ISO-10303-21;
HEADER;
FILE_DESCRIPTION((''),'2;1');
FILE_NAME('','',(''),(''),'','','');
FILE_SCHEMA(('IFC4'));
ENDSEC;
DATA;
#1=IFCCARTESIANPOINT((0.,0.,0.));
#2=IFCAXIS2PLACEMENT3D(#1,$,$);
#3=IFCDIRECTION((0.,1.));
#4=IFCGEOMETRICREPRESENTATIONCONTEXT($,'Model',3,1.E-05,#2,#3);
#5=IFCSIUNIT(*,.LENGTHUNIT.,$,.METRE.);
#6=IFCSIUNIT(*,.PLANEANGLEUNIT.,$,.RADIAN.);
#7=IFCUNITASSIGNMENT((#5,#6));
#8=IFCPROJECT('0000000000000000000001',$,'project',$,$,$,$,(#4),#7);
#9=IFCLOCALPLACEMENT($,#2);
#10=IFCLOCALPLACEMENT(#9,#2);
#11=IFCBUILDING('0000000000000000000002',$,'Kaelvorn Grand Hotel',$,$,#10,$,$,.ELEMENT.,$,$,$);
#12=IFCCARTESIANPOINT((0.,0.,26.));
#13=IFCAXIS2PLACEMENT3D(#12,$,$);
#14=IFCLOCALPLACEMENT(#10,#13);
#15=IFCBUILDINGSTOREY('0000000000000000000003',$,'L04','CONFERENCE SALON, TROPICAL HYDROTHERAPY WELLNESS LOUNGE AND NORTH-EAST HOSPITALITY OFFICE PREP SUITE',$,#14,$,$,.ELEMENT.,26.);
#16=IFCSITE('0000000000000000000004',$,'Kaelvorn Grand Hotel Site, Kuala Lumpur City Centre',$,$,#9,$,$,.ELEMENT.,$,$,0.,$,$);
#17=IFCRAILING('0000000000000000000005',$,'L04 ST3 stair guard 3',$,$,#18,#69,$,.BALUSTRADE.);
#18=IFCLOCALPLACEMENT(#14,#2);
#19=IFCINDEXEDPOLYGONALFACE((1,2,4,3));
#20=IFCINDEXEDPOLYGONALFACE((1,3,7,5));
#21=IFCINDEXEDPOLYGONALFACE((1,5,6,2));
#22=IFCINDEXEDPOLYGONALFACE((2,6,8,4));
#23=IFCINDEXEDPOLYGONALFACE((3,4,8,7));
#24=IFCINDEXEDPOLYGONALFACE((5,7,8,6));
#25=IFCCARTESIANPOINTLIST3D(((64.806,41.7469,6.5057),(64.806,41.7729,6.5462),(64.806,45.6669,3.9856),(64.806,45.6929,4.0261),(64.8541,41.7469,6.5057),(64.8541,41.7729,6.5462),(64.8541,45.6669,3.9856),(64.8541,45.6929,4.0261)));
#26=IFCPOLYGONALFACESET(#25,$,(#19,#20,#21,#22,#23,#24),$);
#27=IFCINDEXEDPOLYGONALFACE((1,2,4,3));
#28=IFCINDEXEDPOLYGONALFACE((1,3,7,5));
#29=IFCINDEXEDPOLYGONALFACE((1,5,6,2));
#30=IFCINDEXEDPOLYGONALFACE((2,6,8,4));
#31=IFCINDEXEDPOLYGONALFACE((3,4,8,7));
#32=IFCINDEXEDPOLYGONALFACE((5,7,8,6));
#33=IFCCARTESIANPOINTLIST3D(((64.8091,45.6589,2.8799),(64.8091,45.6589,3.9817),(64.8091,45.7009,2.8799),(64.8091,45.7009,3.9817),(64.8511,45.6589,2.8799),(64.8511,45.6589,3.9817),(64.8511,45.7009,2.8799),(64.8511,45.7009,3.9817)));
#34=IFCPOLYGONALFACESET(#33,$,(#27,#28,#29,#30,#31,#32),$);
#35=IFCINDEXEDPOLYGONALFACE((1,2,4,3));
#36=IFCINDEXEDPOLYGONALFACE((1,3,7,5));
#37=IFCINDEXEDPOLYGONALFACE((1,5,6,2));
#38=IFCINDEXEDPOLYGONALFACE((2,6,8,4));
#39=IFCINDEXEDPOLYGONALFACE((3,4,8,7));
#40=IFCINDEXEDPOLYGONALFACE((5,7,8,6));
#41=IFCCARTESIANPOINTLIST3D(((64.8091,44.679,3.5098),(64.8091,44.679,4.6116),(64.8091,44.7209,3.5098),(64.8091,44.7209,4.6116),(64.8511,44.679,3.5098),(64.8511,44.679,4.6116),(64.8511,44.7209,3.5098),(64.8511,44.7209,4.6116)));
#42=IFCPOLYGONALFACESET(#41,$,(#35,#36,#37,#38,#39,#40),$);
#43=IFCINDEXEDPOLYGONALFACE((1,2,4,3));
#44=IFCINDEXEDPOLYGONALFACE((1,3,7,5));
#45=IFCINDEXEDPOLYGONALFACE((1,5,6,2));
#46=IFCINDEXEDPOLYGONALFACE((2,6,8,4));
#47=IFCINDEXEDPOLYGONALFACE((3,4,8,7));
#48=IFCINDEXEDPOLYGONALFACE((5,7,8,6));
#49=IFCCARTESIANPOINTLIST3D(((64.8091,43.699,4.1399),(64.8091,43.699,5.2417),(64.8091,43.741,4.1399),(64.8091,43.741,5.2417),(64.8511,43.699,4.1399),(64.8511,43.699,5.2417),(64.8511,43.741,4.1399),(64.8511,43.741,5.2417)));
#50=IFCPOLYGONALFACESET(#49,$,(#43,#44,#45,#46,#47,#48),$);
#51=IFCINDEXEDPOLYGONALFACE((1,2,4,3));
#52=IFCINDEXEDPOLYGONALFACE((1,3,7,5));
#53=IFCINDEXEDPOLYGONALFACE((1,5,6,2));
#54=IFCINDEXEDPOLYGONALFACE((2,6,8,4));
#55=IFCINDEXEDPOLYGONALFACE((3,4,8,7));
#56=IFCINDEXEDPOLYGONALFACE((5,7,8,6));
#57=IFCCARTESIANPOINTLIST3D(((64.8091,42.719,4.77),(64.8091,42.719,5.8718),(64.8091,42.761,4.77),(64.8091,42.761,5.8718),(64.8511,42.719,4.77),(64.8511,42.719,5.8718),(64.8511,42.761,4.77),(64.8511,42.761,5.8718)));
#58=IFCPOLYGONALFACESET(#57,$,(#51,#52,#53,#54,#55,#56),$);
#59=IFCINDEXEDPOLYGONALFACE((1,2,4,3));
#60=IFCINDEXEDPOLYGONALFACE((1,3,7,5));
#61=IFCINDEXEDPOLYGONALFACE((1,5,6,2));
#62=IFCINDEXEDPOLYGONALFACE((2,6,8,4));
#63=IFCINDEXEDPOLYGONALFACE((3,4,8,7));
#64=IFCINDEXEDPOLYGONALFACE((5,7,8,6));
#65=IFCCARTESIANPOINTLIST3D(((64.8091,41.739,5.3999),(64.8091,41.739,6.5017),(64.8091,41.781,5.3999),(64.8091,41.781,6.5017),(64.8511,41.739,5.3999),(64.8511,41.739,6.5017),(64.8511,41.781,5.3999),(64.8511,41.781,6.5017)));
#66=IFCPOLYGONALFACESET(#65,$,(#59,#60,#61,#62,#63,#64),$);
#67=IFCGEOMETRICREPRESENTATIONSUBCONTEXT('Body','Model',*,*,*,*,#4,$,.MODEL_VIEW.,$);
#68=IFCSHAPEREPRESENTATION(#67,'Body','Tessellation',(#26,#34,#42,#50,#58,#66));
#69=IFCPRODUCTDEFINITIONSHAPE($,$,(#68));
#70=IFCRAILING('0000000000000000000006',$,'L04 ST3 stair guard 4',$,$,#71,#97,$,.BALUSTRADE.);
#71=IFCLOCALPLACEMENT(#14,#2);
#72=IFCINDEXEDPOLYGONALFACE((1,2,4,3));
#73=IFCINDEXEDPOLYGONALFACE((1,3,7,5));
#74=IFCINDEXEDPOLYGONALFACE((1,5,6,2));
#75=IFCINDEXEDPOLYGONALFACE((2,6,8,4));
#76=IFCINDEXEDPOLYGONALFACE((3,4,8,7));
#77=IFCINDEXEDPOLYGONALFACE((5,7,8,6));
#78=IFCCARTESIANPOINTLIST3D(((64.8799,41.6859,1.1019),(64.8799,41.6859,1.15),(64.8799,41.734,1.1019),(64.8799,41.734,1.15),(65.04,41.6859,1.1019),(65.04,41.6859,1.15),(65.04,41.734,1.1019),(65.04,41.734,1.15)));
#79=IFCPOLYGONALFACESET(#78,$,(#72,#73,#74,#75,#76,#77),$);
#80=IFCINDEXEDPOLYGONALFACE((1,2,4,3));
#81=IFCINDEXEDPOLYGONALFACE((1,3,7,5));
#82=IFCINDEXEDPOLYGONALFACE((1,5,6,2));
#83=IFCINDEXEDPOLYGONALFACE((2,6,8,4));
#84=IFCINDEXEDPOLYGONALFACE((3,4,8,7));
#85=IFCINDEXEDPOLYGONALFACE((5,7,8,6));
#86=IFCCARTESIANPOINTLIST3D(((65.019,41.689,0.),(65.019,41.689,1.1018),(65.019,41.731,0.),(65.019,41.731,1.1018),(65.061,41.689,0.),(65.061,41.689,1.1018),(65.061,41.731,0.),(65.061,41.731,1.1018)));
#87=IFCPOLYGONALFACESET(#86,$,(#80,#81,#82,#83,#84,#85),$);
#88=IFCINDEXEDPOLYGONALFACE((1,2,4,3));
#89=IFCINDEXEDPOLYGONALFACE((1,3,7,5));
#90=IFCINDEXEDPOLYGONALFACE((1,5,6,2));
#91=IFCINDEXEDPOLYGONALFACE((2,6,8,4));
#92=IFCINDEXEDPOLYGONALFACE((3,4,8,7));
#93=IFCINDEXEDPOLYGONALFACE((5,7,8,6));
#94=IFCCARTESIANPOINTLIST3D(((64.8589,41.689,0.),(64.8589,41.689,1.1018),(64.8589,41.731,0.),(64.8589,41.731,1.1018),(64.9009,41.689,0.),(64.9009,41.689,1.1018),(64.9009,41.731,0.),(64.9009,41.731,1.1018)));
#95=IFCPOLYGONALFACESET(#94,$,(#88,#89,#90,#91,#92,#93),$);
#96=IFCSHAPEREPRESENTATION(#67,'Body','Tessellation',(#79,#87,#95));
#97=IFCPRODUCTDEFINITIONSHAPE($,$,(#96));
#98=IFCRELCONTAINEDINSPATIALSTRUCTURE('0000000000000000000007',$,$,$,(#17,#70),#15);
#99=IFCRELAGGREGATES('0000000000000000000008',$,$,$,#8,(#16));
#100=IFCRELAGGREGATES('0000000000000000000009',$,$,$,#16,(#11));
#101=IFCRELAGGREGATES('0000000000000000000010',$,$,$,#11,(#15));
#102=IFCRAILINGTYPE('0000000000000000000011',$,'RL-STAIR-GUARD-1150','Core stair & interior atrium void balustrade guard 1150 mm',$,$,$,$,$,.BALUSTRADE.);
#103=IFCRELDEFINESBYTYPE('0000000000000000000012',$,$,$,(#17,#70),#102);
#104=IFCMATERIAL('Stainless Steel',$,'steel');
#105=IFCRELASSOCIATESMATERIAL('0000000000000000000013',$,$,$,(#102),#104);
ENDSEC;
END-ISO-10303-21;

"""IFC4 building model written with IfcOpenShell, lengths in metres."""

from ifc_helpers import new_model, si_unit, direction, frame, origin, origin_2d, place, context, subcontext, project, spatial, rectangle, extrude, material, type_object, element, save


model = new_model("IFC4")

# Units and contexts
model_context = context("Model", 3, precision=1e-05, world=origin(), true_north=direction((0.0, 1.0)))
body_context = subcontext(model_context, "Body", "Model", "MODEL_VIEW")
ifc_project = project(units=[si_unit("LENGTHUNIT", "METRE"), si_unit("PLANEANGLEUNIT", "RADIAN")], contexts=[model_context])

# Site, building, storey
site_placement = place(None, origin())
site = spatial("IfcSite", under=ifc_project, at=site_placement, Name="Kaelvorn Grand Hotel Site, Kuala Lumpur City Centre", CompositionType="ELEMENT", RefElevation=0.0)
building_placement = place(site_placement, origin())
building = spatial("IfcBuilding", under=site, at=building_placement, Name="Kaelvorn Grand Hotel", CompositionType="ELEMENT")
storey_placement = place(building_placement, frame((0.0, 0.0, 26.0)))
storey = spatial("IfcBuildingStorey", under=building, at=storey_placement, Name="L04", Description="CONFERENCE SALON, TROPICAL HYDROTHERAPY WELLNESS LOUNGE AND NORTH-EAST HOSPITALITY OFFICE PREP SUITE", CompositionType="ELEMENT", Elevation=26.0)

# Railings
ifc_material_1 = material(Name="Stainless Steel", Category="steel")
railing_type_1 = type_object("IfcRailingType", Name="RL-STAIR-GUARD-1150", Description="Core stair & interior atrium void balustrade guard 1150 mm", PredefinedType="BALUSTRADE", material=ifc_material_1)
railing_1_placement = place(storey_placement, frame((64.8301, 45.6799, 2.8799)))
element("IfcRailing", 1, at=railing_1_placement, inside=storey, type_object=railing_type_1, Name="L04 ST3 stair guard 3", PredefinedType="BALUSTRADE", context=body_context, shape_type="SweptSolid", body=[
    extrude(rectangle(XDim=0.0481, YDim=0.0481, at=origin_2d()), frame((0.0, 0.0, 1.126), z_axis=(0.0, -0.841172, 0.540768), x_axis=(1.0, 0.0, 0.0)), (0.0, 0.0, 1.0), 4.6602),
    extrude(rectangle(XDim=0.042, YDim=0.042, at=origin_2d()), origin(), (0.0, 0.0, 1.0), 1.1018),
    extrude(rectangle(XDim=0.042, YDim=0.042, at=origin_2d()), frame((0.0, -0.98, 0.6299)), (0.0, 0.0, 1.0), 1.1018),
    extrude(rectangle(XDim=0.042, YDim=0.042, at=origin_2d()), frame((0.0, -1.96, 1.26)), (0.0, 0.0, 1.0), 1.1018),
    extrude(rectangle(XDim=0.042, YDim=0.042, at=origin_2d()), frame((0.0, -2.9399, 1.8901)), (0.0, 0.0, 1.0), 1.1018),
    extrude(rectangle(XDim=0.042, YDim=0.042, at=origin_2d()), frame((0.0, -3.9199, 2.52)), (0.0, 0.0, 1.0), 1.1018),
])
railing_2_placement = place(storey_placement, frame((65.04, 41.71, 0.0)))
element("IfcRailing", 2, at=railing_2_placement, inside=storey, type_object=railing_type_1, Name="L04 ST3 stair guard 4", PredefinedType="BALUSTRADE", context=body_context, shape_type="SweptSolid", body=[
    extrude(rectangle(XDim=0.0481, YDim=0.0481, at=origin_2d()), frame((0.0, 0.0, 1.126), z_axis=(-1.0, 0.0, 0.0), x_axis=(0.0, -1.0, 0.0)), (0.0, 0.0, 1.0), 0.1602),
    extrude(rectangle(XDim=0.042, YDim=0.042, at=origin_2d()), origin(), (0.0, 0.0, 1.0), 1.1018),
    extrude(rectangle(XDim=0.042, YDim=0.042, at=origin_2d()), frame((-0.1602, 0.0, 0.0)), (0.0, 0.0, 1.0), 1.1018),
])

save(model, "model.ifc")
